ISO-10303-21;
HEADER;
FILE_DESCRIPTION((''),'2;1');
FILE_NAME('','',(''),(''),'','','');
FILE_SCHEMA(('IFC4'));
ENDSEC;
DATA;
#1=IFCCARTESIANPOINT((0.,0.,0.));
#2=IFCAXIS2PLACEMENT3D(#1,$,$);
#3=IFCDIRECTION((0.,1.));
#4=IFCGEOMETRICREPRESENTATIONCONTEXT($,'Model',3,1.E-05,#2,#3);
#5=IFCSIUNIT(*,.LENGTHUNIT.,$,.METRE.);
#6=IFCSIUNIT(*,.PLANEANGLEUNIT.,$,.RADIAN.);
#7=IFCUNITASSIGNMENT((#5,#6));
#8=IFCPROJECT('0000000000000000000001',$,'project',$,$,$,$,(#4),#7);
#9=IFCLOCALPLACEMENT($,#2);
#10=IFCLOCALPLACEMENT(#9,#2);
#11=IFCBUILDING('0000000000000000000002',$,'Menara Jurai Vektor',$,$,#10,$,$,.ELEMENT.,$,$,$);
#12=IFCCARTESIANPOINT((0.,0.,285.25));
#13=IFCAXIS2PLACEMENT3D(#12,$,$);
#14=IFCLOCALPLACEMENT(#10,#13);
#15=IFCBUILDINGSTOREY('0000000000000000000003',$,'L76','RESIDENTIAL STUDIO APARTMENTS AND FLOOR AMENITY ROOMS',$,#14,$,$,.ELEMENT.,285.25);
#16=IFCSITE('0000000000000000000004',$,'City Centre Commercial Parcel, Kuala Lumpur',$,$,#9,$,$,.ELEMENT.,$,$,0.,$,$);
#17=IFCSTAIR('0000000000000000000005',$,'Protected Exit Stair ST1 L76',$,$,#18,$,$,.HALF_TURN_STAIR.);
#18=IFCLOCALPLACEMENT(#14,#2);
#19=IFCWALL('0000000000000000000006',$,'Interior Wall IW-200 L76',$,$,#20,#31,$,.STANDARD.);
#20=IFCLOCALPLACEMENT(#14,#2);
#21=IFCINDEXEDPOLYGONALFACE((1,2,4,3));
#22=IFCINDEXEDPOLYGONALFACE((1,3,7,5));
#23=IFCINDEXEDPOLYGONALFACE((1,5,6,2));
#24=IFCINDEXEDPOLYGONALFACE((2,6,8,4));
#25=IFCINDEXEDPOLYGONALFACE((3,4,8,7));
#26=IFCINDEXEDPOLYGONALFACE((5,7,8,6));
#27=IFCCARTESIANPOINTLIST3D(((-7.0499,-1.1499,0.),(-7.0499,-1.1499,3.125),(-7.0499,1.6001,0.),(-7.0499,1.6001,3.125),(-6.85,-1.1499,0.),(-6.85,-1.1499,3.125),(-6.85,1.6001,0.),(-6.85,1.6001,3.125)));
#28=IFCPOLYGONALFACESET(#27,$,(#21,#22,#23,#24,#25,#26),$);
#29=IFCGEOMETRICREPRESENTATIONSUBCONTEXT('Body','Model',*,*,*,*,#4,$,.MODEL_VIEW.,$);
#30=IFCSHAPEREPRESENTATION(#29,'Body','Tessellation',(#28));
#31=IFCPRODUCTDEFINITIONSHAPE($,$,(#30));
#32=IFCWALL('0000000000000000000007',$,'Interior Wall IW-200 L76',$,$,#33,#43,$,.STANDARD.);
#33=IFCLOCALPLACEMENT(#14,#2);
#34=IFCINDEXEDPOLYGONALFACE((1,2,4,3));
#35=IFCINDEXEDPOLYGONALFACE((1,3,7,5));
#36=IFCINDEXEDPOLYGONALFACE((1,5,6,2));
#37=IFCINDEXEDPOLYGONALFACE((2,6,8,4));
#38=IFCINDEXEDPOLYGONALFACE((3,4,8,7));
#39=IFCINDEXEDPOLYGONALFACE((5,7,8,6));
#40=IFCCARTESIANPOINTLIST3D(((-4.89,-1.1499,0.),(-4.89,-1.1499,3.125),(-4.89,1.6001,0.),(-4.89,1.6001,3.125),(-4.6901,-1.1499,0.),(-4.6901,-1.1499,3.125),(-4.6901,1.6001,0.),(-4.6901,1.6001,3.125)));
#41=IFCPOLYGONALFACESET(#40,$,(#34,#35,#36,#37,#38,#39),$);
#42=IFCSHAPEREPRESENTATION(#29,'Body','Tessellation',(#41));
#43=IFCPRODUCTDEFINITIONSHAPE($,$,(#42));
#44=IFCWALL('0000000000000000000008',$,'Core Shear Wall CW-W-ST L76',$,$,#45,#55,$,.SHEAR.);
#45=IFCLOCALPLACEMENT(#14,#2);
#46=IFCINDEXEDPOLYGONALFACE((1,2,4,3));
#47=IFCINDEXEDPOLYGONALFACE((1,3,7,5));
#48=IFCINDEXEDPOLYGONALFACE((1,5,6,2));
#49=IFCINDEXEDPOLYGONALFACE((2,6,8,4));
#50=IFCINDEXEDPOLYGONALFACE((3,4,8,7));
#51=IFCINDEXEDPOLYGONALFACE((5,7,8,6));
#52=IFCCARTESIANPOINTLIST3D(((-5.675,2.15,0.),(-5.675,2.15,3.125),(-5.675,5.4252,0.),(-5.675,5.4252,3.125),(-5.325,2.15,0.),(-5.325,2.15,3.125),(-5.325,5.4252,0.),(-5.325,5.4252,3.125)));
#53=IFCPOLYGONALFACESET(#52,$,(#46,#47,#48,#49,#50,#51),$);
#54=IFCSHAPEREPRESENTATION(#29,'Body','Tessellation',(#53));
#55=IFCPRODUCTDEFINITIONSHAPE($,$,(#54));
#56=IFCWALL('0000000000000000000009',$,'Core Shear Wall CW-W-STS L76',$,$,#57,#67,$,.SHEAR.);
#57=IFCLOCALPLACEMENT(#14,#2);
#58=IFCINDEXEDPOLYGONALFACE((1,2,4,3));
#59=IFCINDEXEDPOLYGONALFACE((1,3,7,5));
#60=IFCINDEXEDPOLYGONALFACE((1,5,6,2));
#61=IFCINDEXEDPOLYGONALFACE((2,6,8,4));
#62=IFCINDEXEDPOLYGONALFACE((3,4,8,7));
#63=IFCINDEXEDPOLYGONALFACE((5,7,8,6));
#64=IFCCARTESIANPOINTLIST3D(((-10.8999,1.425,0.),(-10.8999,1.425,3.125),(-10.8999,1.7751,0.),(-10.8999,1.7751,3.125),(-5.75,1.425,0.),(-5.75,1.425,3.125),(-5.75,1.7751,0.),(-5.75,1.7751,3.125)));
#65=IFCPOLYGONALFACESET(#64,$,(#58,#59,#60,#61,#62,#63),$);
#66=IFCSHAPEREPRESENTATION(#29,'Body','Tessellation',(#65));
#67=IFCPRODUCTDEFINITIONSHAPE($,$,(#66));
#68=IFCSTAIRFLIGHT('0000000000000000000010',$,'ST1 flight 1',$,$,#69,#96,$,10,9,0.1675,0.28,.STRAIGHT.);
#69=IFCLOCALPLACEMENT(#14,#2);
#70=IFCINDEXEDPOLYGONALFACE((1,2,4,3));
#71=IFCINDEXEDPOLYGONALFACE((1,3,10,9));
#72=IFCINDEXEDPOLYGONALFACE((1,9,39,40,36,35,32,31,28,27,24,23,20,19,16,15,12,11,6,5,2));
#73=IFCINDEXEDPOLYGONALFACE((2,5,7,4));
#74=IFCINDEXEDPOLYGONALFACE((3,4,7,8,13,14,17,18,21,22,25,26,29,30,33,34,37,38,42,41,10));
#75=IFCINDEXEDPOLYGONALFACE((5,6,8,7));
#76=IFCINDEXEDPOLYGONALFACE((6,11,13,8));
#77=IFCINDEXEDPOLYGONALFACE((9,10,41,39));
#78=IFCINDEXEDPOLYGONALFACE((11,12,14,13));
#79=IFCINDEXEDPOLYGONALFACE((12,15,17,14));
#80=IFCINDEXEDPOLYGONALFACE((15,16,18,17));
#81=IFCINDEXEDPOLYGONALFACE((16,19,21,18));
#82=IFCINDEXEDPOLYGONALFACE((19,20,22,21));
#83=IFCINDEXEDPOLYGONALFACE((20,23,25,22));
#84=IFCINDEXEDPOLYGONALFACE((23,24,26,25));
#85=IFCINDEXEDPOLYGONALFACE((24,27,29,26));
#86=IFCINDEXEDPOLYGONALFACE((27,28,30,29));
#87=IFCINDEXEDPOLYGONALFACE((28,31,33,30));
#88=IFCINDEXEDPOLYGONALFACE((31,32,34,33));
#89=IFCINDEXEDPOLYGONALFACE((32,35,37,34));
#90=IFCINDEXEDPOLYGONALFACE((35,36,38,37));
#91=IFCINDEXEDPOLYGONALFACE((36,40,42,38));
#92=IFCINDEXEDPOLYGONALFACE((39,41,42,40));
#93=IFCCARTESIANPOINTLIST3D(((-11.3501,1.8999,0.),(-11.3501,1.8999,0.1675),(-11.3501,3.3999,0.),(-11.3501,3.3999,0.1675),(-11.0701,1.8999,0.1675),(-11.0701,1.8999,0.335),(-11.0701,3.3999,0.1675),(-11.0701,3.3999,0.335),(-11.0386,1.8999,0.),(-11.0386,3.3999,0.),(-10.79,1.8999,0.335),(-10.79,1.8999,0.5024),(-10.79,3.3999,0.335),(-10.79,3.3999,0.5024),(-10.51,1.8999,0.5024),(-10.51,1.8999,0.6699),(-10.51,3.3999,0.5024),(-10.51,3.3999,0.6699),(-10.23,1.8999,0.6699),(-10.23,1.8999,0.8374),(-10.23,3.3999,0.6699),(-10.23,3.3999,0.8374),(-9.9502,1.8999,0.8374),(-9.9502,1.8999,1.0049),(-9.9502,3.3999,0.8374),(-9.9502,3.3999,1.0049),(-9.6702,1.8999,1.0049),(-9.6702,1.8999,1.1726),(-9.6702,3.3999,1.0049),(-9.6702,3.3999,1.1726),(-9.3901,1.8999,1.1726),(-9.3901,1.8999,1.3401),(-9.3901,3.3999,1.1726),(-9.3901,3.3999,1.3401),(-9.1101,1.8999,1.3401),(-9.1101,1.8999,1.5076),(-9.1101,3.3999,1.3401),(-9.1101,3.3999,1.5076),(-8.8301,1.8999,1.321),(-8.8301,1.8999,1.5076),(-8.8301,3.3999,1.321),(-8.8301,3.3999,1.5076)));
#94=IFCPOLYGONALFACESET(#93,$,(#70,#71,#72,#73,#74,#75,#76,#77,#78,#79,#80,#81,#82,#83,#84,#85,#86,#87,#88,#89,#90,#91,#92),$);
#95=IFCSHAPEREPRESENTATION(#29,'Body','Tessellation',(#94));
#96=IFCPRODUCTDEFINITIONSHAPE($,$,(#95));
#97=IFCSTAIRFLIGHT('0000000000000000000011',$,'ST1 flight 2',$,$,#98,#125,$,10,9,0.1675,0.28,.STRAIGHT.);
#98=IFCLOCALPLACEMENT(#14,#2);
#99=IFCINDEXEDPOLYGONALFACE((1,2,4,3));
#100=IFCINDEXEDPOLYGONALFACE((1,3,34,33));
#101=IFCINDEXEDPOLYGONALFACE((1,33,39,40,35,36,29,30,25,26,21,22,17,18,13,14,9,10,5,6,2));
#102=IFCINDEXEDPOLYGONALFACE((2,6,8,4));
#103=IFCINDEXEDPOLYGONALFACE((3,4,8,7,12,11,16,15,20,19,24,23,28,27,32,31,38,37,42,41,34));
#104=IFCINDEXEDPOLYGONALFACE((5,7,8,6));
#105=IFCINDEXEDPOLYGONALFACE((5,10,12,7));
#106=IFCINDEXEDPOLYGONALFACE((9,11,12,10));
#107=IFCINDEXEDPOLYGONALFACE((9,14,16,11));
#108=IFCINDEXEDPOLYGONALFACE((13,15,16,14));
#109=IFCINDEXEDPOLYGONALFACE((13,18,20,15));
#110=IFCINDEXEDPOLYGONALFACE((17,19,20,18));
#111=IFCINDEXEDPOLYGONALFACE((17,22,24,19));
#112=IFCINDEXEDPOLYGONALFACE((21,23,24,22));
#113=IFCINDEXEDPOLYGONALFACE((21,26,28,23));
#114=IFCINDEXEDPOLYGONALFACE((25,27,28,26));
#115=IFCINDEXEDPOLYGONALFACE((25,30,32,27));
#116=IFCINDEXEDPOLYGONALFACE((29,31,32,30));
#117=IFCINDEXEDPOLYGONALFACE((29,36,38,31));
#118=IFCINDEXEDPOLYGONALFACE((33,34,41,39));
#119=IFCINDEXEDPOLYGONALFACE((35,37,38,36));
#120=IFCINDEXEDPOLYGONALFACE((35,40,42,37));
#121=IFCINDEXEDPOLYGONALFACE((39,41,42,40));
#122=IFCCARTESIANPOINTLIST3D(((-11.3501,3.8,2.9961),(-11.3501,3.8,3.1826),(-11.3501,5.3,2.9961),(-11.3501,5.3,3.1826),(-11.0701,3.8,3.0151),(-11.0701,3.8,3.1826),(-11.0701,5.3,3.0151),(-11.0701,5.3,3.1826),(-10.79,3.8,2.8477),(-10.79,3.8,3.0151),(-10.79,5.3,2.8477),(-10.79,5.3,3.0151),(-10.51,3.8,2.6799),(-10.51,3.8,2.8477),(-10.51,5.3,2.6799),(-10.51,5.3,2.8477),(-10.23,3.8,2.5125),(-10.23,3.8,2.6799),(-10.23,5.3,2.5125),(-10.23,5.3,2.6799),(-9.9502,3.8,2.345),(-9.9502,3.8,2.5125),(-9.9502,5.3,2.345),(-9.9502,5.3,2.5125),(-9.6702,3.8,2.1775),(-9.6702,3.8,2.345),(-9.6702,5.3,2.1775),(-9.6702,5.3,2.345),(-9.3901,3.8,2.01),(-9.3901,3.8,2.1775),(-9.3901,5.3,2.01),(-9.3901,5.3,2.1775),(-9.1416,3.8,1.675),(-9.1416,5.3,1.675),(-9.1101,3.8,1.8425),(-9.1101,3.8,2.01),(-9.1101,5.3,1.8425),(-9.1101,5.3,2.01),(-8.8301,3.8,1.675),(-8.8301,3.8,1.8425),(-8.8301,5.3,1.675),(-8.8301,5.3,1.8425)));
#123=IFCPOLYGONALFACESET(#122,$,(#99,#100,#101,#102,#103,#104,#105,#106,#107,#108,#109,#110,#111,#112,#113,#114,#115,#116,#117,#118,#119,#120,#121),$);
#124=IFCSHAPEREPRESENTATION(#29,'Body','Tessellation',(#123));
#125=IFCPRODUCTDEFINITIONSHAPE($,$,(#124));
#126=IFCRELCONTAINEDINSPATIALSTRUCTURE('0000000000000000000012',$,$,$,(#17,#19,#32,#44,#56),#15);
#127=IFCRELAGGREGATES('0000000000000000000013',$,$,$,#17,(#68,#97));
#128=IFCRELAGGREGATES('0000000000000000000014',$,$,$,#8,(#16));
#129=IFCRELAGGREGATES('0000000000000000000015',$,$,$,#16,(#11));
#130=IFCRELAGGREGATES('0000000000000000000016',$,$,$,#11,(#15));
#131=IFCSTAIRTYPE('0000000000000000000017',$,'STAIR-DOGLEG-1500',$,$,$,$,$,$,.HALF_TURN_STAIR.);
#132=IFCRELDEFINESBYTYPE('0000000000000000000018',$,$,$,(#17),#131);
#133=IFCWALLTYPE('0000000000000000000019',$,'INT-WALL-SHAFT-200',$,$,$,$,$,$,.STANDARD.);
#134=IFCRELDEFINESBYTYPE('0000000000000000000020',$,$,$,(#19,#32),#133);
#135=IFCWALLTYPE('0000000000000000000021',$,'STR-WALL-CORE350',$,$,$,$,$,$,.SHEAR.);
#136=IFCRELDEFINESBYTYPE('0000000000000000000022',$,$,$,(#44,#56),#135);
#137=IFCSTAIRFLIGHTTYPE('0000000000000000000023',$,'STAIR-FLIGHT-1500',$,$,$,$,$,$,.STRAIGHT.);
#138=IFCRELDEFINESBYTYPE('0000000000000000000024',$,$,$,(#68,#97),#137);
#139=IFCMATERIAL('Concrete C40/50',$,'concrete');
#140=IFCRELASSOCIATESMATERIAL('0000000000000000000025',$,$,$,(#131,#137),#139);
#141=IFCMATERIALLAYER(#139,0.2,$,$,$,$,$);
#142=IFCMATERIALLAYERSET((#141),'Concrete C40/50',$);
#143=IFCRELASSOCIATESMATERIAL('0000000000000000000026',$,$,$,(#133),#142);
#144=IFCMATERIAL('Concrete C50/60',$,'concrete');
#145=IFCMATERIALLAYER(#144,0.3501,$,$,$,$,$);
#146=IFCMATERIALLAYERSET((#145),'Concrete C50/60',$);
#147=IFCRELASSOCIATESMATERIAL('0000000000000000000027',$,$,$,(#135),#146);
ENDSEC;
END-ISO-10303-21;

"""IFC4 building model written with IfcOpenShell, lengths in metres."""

from ifc_helpers import new_model, si_unit, direction, frame, frame_2d, origin, place, context, subcontext, project, spatial, polyline, rectangle, outline, extrude, material, layer, layer_set, type_object, element, aggregate, save


model = new_model("IFC4")

# Units and contexts
model_context = context("Model", 3, precision=1e-05, world=origin(), true_north=direction((0.0, 1.0)))
body_context = subcontext(model_context, "Body", "Model", "MODEL_VIEW")
ifc_project = project(units=[si_unit("LENGTHUNIT", "METRE"), si_unit("PLANEANGLEUNIT", "RADIAN")], contexts=[model_context])

# Site, building, storey
site_placement = place(None, origin())
site = spatial("IfcSite", under=ifc_project, at=site_placement, Name="City Centre Commercial Parcel, Kuala Lumpur", CompositionType="ELEMENT", RefElevation=0.0)
building_placement = place(site_placement, origin())
building = spatial("IfcBuilding", under=site, at=building_placement, Name="Menara Jurai Vektor", CompositionType="ELEMENT")
storey_placement = place(building_placement, frame((0.0, 0.0, 285.25)))
storey = spatial("IfcBuildingStorey", under=building, at=storey_placement, Name="L76", Description="RESIDENTIAL STUDIO APARTMENTS AND FLOOR AMENITY ROOMS", CompositionType="ELEMENT", Elevation=285.25)

# Shared definitions
ifc_material_1 = material(Name="Concrete C50/60", Category="concrete")

# Stair
ifc_material_2 = material(Name="Concrete C40/50", Category="concrete")
stair_type = type_object("IfcStairType", Name="STAIR-DOGLEG-1500", PredefinedType="HALF_TURN_STAIR", material=ifc_material_2)
stair_1_placement = place(storey_placement, origin())
stair_1 = element("IfcStair", 1, at=stair_1_placement, inside=storey, type_object=stair_type, Name="Protected Exit Stair ST1 L76", PredefinedType="HALF_TURN_STAIR")

# Shared definitions
ifc_layer_1 = layer(ifc_material_2, 0.2)
ifc_layer_set_1 = layer_set([ifc_layer_1], Name="Concrete C40/50")
wall_type_1 = type_object("IfcWallType", Name="INT-WALL-SHAFT-200", PredefinedType="STANDARD", material=ifc_layer_set_1)

# Wall
wall_1_placement = place(storey_placement, frame((-6.95, -1.1499, 0.0), z_axis=(0.0, 0.0, 1.0), x_axis=(0.0, 1.0, 0.0)))
element("IfcWall", 2, at=wall_1_placement, inside=storey, type_object=wall_type_1, Name="Interior Wall IW-200 L76", PredefinedType="STANDARD", context=body_context, shape_type="SweptSolid", body=[
    extrude(rectangle(XDim=2.75, YDim=0.2, at=frame_2d((1.375, 0.0))), origin(), (0.0, 0.0, 1.0), 3.125),
])

# Wall
wall_2_placement = place(storey_placement, frame((-4.79, -1.1499, 0.0), z_axis=(0.0, 0.0, 1.0), x_axis=(0.0, 1.0, 0.0)))
element("IfcWall", 3, at=wall_2_placement, inside=storey, type_object=wall_type_1, Name="Interior Wall IW-200 L76", PredefinedType="STANDARD", context=body_context, shape_type="SweptSolid", body=[
    extrude(rectangle(XDim=2.75, YDim=0.2, at=frame_2d((1.375, 0.0))), origin(), (0.0, 0.0, 1.0), 3.125),
])

# Walls
ifc_layer_2 = layer(ifc_material_1, 0.3501)
ifc_layer_set_2 = layer_set([ifc_layer_2], Name="Concrete C50/60")
wall_type_2 = type_object("IfcWallType", Name="STR-WALL-CORE350", PredefinedType="SHEAR", material=ifc_layer_set_2)
wall_3_placement = place(storey_placement, frame((-5.5, 2.1499, 0.0), z_axis=(0.0, 0.0, 1.0), x_axis=(0.0, 1.0, 0.0)))
element("IfcWall", 4, at=wall_3_placement, inside=storey, type_object=wall_type_2, Name="Core Shear Wall CW-W-ST L76", PredefinedType="SHEAR", context=body_context, shape_type="SweptSolid", body=[
    extrude(rectangle(XDim=3.2751, YDim=0.3501, at=frame_2d((1.6377, 0.0))), origin(), (0.0, 0.0, 1.0), 3.125),
])
wall_4_placement = place(storey_placement, frame((-10.8999, 1.6001, 0.0), z_axis=(0.0, 0.0, 1.0), x_axis=(1.0, 0.0, 0.0)))
element("IfcWall", 5, at=wall_4_placement, inside=storey, type_object=wall_type_2, Name="Core Shear Wall CW-W-STS L76", PredefinedType="SHEAR", context=body_context, shape_type="SweptSolid", body=[
    extrude(rectangle(XDim=5.1499, YDim=0.3501, at=frame_2d((2.575, 0.0))), origin(), (0.0, 0.0, 1.0), 3.125),
])

# Stair flights
stair_flight_type = type_object("IfcStairFlightType", Name="STAIR-FLIGHT-1500", PredefinedType="STRAIGHT", material=ifc_material_2)
stair_flight_1_placement = place(storey_placement, frame((-11.3501, 2.6499, 0.0), z_axis=(0.0, 0.0, 1.0), x_axis=(1.0, 0.0, 0.0)))
stair_flight_1 = element("IfcStairFlight", 6, at=stair_flight_1_placement, type_object=stair_flight_type, Name="ST1 flight 1", NumberOfRisers=10, NumberOfTreads=9, PredefinedType="STRAIGHT", RiserHeight=0.1675, TreadLength=0.28, context=body_context, shape_type="SweptSolid", body=[
    extrude(outline(polyline([(0.0, 0.0), (0.0, 0.1675), (0.28, 0.1675), (0.28, 0.335), (0.5601, 0.335), (0.5601, 0.5024), (0.8401, 0.5024), (0.8401, 0.6699), (1.1201, 0.6699), (1.1201, 0.8374), (1.3999, 0.8374), (1.3999, 1.0049), (1.6799, 1.0049), (1.6799, 1.1726), (1.96, 1.1726), (1.96, 1.3401), (2.24, 1.3401), (2.24, 1.5076), (2.52, 1.5076), (2.52, 1.675), (2.52, 1.321), (0.3115, 0.0), (0.0, 0.0)])), frame((0.0, 0.75, 0.0), z_axis=(0.0, -1.0, 0.0), x_axis=(1.0, 0.0, 0.0)), (0.0, 0.0, 1.0), 1.5),
])
stair_flight_2_placement = place(storey_placement, frame((-8.8301, 4.55, 1.675), z_axis=(0.0, 0.0, 1.0), x_axis=(-1.0, 0.0, 0.0)))
stair_flight_2 = element("IfcStairFlight", 7, at=stair_flight_2_placement, type_object=stair_flight_type, Name="ST1 flight 2", NumberOfRisers=10, NumberOfTreads=9, PredefinedType="STRAIGHT", RiserHeight=0.1675, TreadLength=0.28, context=body_context, shape_type="SweptSolid", body=[
    extrude(outline(polyline([(0.0, 0.0), (0.0, 0.1675), (0.28, 0.1675), (0.28, 0.335), (0.5601, 0.335), (0.5601, 0.5024), (0.8401, 0.5024), (0.8401, 0.6699), (1.1201, 0.6699), (1.1201, 0.8374), (1.3999, 0.8374), (1.3999, 1.0049), (1.6799, 1.0049), (1.6799, 1.1726), (1.96, 1.1726), (1.96, 1.3401), (2.24, 1.3401), (2.24, 1.5076), (2.52, 1.5076), (2.52, 1.675), (2.52, 1.321), (0.3115, 0.0), (0.0, 0.0)])), frame((0.0, 0.75, 0.0), z_axis=(0.0, -1.0, 0.0), x_axis=(1.0, 0.0, 0.0)), (0.0, 0.0, 1.0), 1.5),
])
aggregate(stair_1, [stair_flight_1, stair_flight_2])

save(model, "model.ifc")
